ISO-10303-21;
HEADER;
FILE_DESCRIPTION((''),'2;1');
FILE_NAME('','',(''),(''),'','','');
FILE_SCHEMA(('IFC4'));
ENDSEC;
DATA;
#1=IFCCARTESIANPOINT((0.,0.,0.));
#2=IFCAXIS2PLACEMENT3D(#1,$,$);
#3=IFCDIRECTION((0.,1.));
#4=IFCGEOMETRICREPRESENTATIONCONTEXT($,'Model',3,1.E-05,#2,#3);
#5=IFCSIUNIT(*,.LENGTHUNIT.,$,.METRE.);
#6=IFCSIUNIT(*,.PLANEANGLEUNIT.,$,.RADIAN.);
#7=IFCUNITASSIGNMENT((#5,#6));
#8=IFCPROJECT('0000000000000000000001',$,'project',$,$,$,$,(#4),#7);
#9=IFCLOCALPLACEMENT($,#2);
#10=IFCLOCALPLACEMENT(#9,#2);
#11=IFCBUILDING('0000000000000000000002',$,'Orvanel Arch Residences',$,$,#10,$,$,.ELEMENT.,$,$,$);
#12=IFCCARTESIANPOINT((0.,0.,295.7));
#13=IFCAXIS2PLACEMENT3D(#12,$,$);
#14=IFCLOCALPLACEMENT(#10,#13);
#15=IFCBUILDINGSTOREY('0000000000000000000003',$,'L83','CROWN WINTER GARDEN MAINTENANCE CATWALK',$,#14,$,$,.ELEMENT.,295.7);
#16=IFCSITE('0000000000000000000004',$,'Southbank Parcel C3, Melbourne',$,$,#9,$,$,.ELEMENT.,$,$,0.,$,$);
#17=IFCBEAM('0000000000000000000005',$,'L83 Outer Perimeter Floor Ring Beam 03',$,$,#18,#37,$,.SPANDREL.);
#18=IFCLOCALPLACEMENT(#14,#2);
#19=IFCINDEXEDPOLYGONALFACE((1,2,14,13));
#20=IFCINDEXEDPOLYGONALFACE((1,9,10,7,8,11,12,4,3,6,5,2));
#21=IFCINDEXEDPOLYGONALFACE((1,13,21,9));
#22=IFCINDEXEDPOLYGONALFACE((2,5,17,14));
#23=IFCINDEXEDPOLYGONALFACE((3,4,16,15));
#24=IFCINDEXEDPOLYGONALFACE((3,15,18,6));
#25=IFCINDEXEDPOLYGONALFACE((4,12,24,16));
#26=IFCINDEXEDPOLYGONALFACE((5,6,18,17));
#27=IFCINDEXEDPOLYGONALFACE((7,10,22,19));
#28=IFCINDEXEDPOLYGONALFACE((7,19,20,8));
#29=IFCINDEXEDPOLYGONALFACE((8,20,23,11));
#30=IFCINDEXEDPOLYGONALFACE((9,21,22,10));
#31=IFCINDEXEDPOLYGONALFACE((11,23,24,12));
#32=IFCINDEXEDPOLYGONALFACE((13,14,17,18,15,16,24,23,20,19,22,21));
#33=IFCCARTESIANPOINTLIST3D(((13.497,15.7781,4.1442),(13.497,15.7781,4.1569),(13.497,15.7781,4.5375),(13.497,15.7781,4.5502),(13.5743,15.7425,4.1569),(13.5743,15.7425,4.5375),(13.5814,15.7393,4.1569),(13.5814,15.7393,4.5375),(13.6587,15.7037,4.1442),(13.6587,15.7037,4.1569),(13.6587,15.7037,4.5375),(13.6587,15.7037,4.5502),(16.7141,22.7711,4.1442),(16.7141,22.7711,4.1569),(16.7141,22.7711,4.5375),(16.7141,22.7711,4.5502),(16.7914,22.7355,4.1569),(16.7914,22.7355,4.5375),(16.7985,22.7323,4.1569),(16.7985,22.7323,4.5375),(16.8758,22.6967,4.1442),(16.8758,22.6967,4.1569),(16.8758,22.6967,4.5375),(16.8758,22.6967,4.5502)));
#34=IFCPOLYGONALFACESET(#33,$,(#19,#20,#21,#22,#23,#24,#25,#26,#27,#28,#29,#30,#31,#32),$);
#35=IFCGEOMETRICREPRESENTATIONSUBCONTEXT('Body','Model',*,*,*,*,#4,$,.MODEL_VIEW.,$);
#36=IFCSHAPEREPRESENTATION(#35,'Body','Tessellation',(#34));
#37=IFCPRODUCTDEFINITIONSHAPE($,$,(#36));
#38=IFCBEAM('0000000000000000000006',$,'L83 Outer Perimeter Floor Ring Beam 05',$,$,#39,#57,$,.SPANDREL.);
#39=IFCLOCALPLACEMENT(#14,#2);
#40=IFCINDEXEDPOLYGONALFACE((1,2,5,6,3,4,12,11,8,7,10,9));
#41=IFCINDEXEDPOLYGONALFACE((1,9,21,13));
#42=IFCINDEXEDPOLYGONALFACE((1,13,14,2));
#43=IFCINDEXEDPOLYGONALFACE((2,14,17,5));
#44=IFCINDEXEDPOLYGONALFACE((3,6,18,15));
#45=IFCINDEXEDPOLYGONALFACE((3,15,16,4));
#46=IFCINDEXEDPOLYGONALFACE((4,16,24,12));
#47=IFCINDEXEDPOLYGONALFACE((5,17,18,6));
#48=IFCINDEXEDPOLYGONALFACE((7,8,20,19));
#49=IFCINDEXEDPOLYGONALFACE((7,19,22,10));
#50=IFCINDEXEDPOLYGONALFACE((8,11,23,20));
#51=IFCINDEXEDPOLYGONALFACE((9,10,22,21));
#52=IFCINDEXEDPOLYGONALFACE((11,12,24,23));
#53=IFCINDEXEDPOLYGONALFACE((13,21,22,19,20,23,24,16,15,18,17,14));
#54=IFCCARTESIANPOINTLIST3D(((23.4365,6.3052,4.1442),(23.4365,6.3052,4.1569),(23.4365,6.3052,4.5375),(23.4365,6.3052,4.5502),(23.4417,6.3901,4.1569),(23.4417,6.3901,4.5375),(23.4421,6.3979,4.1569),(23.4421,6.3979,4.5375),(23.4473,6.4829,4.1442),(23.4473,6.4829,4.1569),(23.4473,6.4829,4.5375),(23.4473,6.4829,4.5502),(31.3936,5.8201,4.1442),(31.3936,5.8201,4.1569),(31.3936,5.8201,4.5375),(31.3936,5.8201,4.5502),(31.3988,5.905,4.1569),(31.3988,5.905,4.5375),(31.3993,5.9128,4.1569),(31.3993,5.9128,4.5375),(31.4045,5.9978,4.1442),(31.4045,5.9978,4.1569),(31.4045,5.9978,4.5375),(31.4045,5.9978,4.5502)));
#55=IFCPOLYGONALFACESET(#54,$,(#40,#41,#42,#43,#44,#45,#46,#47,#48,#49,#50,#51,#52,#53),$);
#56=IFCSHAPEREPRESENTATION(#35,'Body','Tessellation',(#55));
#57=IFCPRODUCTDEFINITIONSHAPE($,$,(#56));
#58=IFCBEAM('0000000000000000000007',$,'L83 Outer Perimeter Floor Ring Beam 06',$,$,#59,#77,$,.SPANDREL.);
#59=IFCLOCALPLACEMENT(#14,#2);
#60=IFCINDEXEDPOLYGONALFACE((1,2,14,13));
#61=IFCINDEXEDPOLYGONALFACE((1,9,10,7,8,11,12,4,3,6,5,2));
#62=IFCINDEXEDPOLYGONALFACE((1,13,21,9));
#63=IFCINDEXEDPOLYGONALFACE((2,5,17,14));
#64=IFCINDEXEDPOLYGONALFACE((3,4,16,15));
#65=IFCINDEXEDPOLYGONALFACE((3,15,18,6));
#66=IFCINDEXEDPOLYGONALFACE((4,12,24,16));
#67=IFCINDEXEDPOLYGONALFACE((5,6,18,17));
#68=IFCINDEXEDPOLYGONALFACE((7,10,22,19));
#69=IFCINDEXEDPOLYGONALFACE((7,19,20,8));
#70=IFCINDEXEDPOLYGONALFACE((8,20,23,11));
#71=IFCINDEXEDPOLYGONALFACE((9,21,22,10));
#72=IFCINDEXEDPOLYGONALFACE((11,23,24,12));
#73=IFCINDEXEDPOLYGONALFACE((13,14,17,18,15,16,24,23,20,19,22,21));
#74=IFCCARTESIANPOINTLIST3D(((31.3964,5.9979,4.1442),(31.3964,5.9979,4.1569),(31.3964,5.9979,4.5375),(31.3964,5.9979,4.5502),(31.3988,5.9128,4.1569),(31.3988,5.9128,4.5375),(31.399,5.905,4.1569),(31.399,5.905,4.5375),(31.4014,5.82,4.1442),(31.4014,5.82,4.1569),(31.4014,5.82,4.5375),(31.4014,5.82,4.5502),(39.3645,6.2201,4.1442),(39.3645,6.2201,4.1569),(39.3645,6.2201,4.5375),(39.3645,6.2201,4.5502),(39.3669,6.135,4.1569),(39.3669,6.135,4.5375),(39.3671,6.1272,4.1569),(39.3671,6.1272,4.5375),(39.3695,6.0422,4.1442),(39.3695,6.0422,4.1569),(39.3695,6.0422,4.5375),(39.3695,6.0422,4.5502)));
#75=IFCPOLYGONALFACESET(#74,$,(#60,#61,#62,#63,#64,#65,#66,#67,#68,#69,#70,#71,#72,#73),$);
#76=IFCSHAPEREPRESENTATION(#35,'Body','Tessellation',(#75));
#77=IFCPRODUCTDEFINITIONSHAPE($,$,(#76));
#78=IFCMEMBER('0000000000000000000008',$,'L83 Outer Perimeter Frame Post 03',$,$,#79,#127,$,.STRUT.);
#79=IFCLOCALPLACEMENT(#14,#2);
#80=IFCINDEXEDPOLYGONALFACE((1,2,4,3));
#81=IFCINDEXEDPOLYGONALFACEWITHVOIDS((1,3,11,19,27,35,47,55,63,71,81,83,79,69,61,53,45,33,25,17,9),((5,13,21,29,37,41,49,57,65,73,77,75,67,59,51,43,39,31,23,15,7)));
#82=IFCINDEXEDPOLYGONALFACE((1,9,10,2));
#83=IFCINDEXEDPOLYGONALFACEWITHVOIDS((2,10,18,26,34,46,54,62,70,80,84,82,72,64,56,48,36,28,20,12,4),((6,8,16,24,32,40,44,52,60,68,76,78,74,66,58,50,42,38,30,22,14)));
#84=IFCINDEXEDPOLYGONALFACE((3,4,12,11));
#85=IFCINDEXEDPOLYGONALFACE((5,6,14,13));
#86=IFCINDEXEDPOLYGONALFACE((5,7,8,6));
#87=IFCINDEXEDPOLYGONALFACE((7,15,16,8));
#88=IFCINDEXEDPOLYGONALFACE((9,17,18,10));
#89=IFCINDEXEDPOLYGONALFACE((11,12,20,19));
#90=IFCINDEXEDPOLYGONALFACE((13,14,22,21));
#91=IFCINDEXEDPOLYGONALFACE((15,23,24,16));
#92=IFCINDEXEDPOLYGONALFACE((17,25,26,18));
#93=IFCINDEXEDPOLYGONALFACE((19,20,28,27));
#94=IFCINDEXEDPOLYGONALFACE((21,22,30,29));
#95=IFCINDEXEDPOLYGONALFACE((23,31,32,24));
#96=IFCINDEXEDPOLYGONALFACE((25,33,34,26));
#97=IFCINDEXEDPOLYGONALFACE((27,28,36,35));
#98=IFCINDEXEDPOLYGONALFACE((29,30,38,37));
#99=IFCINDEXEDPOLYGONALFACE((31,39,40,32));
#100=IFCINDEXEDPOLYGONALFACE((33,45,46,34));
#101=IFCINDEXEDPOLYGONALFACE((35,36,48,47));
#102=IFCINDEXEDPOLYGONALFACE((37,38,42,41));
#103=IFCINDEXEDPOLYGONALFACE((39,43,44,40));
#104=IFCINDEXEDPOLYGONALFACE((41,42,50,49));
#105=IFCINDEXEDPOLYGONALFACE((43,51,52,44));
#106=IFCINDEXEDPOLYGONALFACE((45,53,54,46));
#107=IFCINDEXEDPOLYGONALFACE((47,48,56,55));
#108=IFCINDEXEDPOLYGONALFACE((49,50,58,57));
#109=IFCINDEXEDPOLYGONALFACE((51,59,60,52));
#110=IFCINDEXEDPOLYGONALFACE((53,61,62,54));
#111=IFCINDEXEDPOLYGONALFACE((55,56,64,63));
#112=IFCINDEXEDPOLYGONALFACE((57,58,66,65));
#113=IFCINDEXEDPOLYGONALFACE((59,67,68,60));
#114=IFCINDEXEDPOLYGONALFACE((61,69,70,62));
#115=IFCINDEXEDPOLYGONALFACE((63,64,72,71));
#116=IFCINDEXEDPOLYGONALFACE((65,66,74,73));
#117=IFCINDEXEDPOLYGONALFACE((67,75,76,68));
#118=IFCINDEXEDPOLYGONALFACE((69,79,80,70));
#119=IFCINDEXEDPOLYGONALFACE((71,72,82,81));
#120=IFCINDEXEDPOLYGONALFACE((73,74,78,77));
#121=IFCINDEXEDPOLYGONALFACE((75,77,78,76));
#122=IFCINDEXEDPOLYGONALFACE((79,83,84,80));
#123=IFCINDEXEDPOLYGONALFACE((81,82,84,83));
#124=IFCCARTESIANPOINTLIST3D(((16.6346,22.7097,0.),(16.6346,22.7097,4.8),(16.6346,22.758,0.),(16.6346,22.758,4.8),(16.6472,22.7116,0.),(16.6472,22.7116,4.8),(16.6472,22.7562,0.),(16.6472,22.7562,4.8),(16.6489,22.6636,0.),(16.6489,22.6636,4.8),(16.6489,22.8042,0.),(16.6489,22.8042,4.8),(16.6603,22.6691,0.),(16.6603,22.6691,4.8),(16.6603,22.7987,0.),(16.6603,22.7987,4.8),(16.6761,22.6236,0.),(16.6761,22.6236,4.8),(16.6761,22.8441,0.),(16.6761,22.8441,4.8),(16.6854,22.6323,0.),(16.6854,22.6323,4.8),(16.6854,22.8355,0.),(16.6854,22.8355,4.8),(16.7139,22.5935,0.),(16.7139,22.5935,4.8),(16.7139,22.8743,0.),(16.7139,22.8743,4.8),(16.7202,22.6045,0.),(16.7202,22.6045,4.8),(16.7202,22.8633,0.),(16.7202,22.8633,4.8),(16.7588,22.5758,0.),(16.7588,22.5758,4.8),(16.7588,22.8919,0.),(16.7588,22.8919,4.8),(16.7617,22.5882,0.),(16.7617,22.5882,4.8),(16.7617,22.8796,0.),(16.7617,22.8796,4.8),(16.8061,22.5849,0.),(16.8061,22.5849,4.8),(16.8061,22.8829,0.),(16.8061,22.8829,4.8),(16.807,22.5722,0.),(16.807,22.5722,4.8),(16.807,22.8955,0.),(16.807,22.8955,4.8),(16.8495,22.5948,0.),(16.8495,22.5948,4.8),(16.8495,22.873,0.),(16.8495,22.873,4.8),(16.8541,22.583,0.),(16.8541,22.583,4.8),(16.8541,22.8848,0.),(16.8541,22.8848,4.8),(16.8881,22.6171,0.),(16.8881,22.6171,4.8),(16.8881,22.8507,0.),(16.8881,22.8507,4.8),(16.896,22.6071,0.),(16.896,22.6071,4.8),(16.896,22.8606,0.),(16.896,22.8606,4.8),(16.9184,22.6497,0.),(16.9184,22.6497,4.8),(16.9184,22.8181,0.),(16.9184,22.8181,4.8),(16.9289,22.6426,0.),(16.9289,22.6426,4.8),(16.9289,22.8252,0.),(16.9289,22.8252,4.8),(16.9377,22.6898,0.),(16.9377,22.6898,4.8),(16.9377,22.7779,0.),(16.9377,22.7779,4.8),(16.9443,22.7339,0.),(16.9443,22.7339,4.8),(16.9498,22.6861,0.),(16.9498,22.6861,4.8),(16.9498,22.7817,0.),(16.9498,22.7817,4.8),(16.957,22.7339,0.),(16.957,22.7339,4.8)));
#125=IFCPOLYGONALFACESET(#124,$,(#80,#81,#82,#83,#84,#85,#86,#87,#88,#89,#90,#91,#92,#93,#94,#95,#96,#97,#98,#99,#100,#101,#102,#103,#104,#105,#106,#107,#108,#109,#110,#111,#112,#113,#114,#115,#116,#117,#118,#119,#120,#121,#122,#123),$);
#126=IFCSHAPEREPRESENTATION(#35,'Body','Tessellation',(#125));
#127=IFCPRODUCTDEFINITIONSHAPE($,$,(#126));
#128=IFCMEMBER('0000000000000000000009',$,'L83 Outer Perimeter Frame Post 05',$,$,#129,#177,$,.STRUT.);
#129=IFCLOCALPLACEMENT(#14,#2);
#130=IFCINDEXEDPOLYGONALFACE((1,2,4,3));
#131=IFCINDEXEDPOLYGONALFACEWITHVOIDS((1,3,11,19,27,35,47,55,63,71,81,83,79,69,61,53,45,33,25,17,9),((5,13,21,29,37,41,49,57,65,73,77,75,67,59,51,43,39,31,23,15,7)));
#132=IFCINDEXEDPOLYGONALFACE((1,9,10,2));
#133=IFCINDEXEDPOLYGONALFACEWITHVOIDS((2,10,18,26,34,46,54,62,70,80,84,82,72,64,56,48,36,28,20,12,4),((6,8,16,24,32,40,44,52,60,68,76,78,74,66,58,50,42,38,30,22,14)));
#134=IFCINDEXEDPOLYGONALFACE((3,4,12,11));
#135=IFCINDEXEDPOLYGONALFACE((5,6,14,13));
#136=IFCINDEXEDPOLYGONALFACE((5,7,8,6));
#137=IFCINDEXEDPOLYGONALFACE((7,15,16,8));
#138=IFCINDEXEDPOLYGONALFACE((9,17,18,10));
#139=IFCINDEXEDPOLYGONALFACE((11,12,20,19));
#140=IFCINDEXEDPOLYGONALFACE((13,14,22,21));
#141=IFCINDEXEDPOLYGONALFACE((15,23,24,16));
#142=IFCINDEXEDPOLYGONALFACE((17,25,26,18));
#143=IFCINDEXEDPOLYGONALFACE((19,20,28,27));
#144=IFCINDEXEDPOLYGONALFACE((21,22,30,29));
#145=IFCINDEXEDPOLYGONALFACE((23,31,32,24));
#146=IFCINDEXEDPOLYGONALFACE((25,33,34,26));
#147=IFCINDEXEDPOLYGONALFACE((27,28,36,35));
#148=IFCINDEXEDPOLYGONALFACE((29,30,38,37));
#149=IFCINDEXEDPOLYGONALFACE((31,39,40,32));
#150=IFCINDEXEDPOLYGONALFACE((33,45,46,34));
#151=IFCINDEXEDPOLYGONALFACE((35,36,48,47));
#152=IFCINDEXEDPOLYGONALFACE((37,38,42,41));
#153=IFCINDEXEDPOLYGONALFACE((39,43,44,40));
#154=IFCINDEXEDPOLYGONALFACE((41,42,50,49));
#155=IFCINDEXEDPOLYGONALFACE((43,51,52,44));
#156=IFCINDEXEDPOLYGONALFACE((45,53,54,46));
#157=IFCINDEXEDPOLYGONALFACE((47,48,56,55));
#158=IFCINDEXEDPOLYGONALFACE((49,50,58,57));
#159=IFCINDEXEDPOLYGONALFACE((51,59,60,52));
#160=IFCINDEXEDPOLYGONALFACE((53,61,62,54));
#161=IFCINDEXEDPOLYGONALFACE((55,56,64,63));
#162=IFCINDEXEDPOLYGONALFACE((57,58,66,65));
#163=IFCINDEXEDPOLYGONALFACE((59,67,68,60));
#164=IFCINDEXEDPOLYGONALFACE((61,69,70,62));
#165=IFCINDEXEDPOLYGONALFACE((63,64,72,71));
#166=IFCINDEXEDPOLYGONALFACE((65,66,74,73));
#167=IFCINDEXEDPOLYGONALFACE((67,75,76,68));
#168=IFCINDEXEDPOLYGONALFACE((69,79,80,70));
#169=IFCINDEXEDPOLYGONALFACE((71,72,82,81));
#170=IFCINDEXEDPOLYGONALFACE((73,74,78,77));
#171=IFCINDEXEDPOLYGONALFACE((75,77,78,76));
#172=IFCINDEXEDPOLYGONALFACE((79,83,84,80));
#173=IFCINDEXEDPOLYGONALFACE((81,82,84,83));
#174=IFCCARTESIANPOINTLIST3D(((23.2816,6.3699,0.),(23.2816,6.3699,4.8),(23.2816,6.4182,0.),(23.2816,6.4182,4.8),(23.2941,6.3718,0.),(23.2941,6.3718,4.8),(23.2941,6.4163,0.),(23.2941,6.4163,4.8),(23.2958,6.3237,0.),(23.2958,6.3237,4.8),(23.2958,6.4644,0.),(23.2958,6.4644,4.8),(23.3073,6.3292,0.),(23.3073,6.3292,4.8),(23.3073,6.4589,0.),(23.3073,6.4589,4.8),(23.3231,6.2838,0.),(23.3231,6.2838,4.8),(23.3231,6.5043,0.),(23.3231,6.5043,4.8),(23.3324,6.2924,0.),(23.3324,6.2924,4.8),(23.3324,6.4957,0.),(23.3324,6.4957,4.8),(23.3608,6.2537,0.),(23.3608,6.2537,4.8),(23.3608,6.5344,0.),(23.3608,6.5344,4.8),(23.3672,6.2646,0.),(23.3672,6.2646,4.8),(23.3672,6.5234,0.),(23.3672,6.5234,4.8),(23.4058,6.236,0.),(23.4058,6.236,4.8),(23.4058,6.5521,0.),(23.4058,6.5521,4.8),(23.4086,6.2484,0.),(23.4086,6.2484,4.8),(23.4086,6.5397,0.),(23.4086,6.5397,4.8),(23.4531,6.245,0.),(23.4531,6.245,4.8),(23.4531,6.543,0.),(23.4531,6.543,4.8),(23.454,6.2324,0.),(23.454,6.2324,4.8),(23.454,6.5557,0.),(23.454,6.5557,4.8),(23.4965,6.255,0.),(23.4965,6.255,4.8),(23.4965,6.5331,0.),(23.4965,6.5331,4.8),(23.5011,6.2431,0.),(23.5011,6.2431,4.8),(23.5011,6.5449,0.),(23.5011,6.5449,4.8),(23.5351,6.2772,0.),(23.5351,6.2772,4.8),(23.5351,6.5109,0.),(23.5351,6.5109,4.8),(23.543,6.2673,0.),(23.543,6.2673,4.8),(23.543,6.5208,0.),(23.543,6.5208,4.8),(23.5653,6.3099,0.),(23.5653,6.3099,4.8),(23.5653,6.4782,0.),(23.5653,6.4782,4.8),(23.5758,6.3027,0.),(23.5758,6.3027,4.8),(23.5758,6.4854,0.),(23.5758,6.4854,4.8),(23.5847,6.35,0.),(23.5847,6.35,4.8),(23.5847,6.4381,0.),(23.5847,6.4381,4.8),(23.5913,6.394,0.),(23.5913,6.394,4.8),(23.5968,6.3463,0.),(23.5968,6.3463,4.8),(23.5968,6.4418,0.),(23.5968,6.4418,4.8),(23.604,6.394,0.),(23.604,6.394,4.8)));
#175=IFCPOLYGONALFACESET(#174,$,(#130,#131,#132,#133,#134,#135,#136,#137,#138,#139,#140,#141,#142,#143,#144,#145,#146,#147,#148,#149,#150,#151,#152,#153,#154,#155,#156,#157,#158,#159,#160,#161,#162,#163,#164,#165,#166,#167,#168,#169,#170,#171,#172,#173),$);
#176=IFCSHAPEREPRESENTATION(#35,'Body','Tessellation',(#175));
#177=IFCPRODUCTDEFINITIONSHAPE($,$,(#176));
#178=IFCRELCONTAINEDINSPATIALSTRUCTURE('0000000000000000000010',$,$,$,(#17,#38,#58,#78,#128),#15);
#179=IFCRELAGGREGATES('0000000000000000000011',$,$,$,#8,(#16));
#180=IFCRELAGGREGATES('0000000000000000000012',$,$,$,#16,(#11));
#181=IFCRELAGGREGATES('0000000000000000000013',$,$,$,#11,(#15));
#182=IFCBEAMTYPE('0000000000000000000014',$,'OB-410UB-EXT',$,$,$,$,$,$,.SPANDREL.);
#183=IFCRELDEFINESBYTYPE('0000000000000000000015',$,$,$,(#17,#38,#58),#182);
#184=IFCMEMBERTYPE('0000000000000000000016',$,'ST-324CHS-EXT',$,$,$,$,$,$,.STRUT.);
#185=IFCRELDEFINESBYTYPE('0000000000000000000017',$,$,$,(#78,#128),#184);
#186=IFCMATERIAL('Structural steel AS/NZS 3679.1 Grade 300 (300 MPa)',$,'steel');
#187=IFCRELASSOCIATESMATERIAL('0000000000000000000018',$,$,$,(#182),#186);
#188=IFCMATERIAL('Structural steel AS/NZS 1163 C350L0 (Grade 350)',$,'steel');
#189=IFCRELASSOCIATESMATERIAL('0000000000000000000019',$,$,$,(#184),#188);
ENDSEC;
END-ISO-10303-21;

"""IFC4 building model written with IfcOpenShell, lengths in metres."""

from ifc_helpers import new_model, si_unit, direction, frame, origin, origin_2d, place, context, subcontext, project, spatial, hollow_circle, i_section, extrude, material, material_profile, profile_set, type_object, element, save


model = new_model("IFC4")

# Units and contexts
model_context = context("Model", 3, precision=1e-05, world=origin(), true_north=direction((0.0, 1.0)))
body_context = subcontext(model_context, "Body", "Model", "MODEL_VIEW")
ifc_project = project(units=[si_unit("LENGTHUNIT", "METRE"), si_unit("PLANEANGLEUNIT", "RADIAN")], contexts=[model_context])

# Site, building, storey
site_placement = place(None, origin())
site = spatial("IfcSite", under=ifc_project, at=site_placement, Name="Southbank Parcel C3, Melbourne", CompositionType="ELEMENT", RefElevation=0.0)
building_placement = place(site_placement, origin())
building = spatial("IfcBuilding", under=site, at=building_placement, Name="Orvanel Arch Residences", CompositionType="ELEMENT")
storey_placement = place(building_placement, frame((0.0, 0.0, 295.7)))
storey = spatial("IfcBuildingStorey", under=building, at=storey_placement, Name="L83", Description="CROWN WINTER GARDEN MAINTENANCE CATWALK", CompositionType="ELEMENT", Elevation=295.7)

# Beams
ifc_material_1 = material(Name="Structural steel AS/NZS 3679.1 Grade 300 (300 MPa)", Category="steel")
ifc_material_profile_1 = material_profile(ifc_material_1, i_section(OverallWidth=0.178, OverallDepth=0.406, WebThickness=0.0078, FlangeThickness=0.0127, at=origin_2d()), Name="410UB59.7")
ifc_profile_set_1 = profile_set([ifc_material_profile_1], Name="Structural steel AS/NZS 3679.1 Grade 300 (300 MPa)")
beam_type_1 = type_object("IfcBeamType", Name="OB-410UB-EXT", PredefinedType="SPANDREL", material=ifc_profile_set_1)
beam_1_placement = place(storey_placement, frame((16.7949, 22.7339, 4.3472), z_axis=(-0.417938, -0.908476, 0.0), x_axis=(0.908476, -0.417938, 0.0)))
element("IfcBeam", 1, at=beam_1_placement, inside=storey, type_object=beam_type_1, Name="L83 Outer Perimeter Floor Ring Beam 03", PredefinedType="SPANDREL", context=body_context, shape_type="SweptSolid", body=[
    extrude(i_section(OverallWidth=0.178, OverallDepth=0.406, WebThickness=0.0078, FlangeThickness=0.0127, at=origin_2d()), origin(), (0.0, 0.0, 1.0), 7.6975),
])
beam_2_placement = place(storey_placement, frame((23.4419, 6.394, 4.3472), z_axis=(0.998147, -0.060853, 0.0), x_axis=(0.060853, 0.998147, 0.0)))
element("IfcBeam", 2, at=beam_2_placement, inside=storey, type_object=beam_type_1, Name="L83 Outer Perimeter Floor Ring Beam 05", PredefinedType="SPANDREL", context=body_context, shape_type="SweptSolid", body=[
    extrude(i_section(OverallWidth=0.178, OverallDepth=0.406, WebThickness=0.0078, FlangeThickness=0.0127, at=origin_2d()), origin(), (0.0, 0.0, 1.0), 7.9719),
])
beam_3_placement = place(storey_placement, frame((31.3989, 5.9089, 4.3472), z_axis=(0.999612, 0.027872, 0.0), x_axis=(-0.027872, 0.999612, 0.0)))
element("IfcBeam", 3, at=beam_3_placement, inside=storey, type_object=beam_type_1, Name="L83 Outer Perimeter Floor Ring Beam 06", PredefinedType="SPANDREL", context=body_context, shape_type="SweptSolid", body=[
    extrude(i_section(OverallWidth=0.178, OverallDepth=0.406, WebThickness=0.0078, FlangeThickness=0.0127, at=origin_2d()), origin(), (0.0, 0.0, 1.0), 7.9712),
])

# Members
ifc_material_2 = material(Name="Structural steel AS/NZS 1163 C350L0 (Grade 350)", Category="steel")
ifc_material_profile_2 = material_profile(ifc_material_2, hollow_circle(Radius=0.1621, WallThickness=0.0127, at=origin_2d()), Name="CHS324x12.7")
ifc_profile_set_2 = profile_set([ifc_material_profile_2], Name="Structural steel AS/NZS 1163 C350L0 (Grade 350)")
member_type_1 = type_object("IfcMemberType", Name="ST-324CHS-EXT", PredefinedType="STRUT", material=ifc_profile_set_2)
for number, where, z_axis, x_axis, name in (
    (4, (16.7949, 22.7339, 0.0), (0.0, 0.0, 1.0), (1.0, 0.0, 0.0), "L83 Outer Perimeter Frame Post 03"),
    (5, (23.4419, 6.394, 0.0), (0.0, 0.0, 1.0), (1.0, 0.0, 0.0), "L83 Outer Perimeter Frame Post 05"),
):
    element("IfcMember", number, at=place(storey_placement, frame(where, z_axis=z_axis, x_axis=x_axis)), inside=storey, type_object=member_type_1, Name=name, PredefinedType="STRUT", context=body_context, shape_type="SweptSolid", body=[
        extrude(hollow_circle(Radius=0.1621, WallThickness=0.0127, at=origin_2d()), origin(), (0.0, 0.0, 1.0), 4.8),
    ])

save(model, "model.ifc")
